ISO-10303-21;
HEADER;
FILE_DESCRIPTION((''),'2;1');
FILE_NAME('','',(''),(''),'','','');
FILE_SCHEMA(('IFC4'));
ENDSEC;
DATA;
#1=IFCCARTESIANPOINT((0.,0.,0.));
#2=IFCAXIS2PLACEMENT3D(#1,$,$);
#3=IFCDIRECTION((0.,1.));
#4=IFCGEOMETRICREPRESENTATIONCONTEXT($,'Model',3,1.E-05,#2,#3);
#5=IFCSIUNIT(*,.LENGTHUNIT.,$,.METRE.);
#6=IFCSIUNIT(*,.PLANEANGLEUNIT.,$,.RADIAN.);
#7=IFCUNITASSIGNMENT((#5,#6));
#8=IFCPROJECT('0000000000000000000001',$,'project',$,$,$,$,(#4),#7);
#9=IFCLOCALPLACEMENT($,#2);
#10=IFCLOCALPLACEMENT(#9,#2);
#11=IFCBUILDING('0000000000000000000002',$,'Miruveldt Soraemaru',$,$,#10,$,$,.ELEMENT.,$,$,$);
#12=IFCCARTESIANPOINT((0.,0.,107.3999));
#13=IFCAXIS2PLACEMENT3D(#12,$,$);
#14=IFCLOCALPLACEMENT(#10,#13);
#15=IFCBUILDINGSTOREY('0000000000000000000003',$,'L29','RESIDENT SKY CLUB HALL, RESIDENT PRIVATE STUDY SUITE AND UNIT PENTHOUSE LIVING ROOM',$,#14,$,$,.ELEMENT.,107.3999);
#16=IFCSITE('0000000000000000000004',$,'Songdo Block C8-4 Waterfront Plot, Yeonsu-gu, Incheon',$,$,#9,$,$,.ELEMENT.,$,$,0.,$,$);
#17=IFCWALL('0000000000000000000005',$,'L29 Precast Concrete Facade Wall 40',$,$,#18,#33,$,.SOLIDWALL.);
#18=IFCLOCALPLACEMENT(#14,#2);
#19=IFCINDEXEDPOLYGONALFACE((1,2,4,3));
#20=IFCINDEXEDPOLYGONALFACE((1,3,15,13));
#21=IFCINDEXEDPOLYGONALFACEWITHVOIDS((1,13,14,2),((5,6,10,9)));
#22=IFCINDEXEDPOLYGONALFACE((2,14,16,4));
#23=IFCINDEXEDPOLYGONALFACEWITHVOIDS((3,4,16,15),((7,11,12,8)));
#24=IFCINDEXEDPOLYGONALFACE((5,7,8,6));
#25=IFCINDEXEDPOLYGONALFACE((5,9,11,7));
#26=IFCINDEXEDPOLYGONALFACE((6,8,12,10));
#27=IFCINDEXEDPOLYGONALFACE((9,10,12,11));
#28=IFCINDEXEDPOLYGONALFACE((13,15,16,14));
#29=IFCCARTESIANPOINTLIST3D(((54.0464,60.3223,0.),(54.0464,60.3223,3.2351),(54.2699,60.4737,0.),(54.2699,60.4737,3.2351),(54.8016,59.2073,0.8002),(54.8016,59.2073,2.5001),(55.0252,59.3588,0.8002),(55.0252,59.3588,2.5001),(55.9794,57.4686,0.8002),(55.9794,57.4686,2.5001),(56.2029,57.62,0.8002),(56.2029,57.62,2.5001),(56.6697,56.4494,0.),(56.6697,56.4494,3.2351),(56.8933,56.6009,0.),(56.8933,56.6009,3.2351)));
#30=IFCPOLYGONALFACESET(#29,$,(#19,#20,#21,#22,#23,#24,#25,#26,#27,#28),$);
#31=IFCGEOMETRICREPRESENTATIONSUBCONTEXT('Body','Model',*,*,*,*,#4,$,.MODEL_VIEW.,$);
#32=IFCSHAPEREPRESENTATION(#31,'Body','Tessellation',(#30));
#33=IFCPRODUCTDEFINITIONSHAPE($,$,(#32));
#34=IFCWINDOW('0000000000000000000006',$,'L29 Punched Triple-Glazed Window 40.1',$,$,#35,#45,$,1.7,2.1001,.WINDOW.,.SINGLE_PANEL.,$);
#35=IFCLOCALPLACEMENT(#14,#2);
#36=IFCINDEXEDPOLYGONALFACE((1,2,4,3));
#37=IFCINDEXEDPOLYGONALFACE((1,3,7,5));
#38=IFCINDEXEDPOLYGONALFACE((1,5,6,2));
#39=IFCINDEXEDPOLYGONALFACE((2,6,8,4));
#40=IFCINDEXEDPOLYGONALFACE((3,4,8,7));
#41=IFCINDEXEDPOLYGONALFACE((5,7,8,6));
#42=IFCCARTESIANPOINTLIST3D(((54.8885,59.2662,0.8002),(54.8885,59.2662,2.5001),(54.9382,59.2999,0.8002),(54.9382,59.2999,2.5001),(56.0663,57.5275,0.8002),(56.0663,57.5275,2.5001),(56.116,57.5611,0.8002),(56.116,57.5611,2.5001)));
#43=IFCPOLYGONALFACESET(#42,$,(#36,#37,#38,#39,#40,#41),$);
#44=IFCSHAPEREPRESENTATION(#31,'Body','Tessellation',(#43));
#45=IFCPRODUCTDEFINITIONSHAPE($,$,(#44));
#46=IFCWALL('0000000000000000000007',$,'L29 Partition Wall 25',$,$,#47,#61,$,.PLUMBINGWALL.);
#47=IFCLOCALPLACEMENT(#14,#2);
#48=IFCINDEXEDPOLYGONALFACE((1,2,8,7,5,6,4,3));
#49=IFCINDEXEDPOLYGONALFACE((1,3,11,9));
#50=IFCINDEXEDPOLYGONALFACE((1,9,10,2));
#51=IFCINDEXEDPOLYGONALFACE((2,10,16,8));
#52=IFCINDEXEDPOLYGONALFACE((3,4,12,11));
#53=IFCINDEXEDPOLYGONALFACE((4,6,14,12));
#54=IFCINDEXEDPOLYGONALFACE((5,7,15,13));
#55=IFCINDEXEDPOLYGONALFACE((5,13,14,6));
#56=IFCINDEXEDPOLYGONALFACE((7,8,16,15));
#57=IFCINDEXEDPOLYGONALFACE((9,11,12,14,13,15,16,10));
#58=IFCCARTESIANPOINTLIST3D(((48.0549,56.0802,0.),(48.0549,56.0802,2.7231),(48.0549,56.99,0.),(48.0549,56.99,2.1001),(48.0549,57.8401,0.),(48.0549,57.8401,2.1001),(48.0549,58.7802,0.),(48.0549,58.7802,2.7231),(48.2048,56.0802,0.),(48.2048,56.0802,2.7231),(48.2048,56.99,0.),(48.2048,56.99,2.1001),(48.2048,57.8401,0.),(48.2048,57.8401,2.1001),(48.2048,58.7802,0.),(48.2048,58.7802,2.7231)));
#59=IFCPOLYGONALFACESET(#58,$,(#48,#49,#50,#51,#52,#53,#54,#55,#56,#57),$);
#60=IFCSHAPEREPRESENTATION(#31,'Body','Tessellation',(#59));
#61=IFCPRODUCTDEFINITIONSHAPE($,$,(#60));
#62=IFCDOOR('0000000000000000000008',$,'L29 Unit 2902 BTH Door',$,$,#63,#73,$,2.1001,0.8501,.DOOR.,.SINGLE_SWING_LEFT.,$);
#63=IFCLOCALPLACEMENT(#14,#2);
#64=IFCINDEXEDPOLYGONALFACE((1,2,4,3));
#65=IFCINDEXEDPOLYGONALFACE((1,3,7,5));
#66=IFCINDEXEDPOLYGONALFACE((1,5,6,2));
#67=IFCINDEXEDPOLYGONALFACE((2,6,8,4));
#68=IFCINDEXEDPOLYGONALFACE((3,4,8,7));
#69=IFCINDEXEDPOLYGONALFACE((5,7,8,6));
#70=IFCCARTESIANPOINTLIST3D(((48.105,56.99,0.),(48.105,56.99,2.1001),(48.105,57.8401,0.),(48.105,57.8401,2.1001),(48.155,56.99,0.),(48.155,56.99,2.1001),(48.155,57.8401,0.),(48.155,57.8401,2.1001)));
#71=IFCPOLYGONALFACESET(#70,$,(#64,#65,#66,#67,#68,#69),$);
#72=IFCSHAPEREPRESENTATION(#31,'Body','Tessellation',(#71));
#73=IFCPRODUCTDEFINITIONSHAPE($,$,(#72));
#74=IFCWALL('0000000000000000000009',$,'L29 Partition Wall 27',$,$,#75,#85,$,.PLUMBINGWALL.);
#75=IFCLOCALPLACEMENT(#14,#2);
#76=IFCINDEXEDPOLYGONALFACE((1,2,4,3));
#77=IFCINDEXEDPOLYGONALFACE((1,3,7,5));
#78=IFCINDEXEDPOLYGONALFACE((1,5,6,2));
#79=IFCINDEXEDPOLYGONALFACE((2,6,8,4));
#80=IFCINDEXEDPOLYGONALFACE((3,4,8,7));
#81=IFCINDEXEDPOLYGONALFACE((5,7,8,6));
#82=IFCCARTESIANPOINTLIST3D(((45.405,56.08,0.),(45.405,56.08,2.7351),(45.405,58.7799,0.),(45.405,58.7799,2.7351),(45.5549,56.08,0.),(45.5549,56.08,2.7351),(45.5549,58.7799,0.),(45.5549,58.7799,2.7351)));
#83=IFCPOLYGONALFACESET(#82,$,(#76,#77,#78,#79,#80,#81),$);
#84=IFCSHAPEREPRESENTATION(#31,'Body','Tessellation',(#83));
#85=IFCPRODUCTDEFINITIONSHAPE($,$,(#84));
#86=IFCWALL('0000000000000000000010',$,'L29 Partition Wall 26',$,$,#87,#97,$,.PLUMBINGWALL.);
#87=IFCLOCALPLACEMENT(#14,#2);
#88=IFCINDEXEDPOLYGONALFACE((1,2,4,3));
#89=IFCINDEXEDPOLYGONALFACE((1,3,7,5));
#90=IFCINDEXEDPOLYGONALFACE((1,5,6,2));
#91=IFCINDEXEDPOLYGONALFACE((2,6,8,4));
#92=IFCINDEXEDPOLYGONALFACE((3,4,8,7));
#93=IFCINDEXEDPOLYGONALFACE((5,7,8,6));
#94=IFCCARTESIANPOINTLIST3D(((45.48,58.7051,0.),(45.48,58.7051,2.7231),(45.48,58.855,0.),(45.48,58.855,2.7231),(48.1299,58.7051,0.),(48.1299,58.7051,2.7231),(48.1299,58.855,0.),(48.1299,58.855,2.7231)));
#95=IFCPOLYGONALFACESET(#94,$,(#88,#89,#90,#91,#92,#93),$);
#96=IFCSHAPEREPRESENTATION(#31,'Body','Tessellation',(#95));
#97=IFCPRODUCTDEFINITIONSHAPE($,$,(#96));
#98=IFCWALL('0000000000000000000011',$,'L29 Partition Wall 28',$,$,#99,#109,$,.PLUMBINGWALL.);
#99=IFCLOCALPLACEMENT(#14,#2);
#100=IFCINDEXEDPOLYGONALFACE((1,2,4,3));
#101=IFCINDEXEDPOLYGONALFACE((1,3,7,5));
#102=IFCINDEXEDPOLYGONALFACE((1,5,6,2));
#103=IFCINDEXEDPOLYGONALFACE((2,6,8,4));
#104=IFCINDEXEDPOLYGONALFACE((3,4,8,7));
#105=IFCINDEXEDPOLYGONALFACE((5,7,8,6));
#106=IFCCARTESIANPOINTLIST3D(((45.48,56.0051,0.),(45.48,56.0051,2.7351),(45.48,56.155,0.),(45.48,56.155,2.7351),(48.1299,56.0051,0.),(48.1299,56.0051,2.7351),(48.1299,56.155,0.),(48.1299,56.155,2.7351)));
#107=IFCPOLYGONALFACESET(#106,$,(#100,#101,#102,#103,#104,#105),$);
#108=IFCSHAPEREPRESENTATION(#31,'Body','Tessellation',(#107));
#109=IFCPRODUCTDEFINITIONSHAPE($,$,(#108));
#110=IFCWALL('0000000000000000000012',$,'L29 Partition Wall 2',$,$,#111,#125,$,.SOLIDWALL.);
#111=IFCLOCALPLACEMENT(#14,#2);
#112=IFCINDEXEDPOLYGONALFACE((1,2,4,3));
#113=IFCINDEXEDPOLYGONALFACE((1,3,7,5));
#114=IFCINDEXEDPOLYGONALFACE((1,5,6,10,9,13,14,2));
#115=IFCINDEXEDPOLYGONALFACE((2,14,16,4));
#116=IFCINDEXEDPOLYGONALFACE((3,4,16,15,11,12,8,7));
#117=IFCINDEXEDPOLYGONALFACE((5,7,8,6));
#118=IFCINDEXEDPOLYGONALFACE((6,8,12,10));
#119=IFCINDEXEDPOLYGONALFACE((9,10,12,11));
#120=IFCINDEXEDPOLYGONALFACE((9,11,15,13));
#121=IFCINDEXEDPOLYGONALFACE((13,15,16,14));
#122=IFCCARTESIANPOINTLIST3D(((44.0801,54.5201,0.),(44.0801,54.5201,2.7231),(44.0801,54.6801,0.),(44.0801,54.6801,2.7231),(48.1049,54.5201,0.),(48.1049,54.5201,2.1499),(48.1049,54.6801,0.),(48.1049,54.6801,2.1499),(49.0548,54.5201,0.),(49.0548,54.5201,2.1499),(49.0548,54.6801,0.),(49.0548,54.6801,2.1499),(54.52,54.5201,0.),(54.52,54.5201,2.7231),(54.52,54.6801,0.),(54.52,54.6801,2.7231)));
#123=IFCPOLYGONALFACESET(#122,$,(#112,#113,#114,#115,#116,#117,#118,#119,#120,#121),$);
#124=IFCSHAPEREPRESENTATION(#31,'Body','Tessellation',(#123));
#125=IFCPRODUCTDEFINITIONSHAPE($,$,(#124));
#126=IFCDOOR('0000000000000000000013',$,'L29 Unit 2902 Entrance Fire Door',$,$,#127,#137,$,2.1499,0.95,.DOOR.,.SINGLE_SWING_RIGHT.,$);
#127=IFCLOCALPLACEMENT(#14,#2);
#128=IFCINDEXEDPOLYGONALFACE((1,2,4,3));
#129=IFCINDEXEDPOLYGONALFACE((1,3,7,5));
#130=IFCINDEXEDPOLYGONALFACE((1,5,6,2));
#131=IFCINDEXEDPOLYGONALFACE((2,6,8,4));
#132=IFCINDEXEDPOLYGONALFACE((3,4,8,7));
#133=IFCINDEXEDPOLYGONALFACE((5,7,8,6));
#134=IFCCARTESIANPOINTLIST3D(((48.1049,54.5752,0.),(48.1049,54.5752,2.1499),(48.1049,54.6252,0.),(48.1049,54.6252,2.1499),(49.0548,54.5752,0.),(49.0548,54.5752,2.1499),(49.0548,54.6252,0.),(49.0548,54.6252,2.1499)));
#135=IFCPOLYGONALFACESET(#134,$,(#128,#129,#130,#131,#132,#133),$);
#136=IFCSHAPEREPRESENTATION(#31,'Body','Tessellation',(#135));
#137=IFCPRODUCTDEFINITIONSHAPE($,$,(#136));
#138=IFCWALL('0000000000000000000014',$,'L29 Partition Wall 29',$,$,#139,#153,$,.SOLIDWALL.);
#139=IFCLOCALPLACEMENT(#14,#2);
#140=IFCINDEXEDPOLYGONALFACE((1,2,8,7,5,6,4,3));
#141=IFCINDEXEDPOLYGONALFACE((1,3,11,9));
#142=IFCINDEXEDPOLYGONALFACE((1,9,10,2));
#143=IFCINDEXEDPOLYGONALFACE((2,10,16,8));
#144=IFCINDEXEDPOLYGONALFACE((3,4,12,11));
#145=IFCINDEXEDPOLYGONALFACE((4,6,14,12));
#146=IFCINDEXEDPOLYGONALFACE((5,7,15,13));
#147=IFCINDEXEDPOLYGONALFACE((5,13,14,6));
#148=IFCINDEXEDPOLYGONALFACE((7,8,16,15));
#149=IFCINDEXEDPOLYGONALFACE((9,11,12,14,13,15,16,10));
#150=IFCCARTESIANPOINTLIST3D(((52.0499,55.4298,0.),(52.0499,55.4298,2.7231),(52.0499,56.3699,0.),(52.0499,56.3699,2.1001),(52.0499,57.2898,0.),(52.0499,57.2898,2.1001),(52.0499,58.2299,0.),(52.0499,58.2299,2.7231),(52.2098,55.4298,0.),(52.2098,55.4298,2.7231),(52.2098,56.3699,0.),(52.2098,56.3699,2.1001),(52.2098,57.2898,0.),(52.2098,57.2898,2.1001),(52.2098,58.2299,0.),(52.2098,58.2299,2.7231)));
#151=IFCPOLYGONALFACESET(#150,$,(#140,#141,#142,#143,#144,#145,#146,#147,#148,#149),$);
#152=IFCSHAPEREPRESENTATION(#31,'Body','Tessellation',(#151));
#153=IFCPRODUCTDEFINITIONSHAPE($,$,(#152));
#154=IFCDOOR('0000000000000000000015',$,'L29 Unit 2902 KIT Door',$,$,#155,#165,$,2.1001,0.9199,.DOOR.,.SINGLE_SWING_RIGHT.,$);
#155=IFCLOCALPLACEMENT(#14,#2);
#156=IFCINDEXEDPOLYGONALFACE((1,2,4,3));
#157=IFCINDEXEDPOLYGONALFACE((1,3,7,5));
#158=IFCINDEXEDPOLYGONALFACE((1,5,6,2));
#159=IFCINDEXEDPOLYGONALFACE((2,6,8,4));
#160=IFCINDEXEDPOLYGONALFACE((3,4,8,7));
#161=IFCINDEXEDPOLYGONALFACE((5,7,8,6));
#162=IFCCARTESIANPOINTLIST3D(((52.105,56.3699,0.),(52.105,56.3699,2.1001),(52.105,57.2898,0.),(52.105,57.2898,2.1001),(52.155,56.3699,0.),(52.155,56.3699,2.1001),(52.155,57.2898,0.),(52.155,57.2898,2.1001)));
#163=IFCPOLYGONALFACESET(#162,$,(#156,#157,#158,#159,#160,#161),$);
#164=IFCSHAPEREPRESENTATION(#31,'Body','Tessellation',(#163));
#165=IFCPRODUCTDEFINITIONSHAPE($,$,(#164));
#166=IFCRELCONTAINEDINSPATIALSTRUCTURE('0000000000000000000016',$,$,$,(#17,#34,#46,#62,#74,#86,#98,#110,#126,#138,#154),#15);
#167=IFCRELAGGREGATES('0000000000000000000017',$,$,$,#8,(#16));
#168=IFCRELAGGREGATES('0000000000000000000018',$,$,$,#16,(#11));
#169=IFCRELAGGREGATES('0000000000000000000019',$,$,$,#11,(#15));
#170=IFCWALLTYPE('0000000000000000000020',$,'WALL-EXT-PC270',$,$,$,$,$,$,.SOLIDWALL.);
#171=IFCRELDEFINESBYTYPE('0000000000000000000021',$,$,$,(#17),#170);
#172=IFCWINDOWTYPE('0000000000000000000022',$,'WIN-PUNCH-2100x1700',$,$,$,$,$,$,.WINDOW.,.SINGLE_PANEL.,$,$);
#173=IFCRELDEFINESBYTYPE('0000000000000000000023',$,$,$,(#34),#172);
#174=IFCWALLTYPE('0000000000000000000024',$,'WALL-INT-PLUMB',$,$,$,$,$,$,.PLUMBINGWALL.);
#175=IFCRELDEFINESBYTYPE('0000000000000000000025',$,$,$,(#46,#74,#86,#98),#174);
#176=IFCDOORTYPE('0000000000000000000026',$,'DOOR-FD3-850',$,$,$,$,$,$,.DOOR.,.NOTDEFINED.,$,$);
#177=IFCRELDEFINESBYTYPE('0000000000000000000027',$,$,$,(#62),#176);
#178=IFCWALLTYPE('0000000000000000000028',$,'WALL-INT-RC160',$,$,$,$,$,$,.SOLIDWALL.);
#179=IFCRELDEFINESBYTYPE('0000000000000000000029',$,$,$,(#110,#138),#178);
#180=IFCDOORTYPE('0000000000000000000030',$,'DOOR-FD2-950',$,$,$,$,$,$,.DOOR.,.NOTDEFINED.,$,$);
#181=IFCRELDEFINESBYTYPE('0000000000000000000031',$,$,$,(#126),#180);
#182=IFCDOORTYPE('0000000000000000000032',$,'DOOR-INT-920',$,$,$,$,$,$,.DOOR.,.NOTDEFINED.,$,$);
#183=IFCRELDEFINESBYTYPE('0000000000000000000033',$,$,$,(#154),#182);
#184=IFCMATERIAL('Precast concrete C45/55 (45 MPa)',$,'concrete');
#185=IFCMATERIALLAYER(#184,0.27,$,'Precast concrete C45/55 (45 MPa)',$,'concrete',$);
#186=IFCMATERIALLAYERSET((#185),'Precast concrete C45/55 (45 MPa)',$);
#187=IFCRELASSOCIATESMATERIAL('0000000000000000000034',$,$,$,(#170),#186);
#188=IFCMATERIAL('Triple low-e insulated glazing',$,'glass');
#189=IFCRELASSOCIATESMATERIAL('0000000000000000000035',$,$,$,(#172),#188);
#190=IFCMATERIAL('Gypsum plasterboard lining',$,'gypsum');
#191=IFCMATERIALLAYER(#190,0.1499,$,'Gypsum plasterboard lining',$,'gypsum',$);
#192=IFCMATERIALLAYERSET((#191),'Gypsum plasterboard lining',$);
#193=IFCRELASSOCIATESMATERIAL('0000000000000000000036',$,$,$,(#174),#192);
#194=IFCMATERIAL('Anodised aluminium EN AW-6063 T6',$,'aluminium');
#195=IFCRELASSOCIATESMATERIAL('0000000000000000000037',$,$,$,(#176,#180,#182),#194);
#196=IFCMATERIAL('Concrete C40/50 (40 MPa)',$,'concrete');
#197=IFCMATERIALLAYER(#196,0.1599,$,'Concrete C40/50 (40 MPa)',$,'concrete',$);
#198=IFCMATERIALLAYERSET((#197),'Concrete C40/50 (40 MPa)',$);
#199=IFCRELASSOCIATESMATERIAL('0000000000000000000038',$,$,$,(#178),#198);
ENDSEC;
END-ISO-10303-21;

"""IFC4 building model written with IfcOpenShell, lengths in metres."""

from ifc_helpers import new_model, si_unit, direction, frame, frame_2d, origin, place, context, subcontext, project, spatial, rectangle, extrude, material, layer, layer_set, type_object, element, fill, save


model = new_model("IFC4")

# Units and contexts
model_context = context("Model", 3, precision=1e-05, world=origin(), true_north=direction((0.0, 1.0)))
body_context = subcontext(model_context, "Body", "Model", "MODEL_VIEW")
ifc_project = project(units=[si_unit("LENGTHUNIT", "METRE"), si_unit("PLANEANGLEUNIT", "RADIAN")], contexts=[model_context])

# Site, building, storey
site_placement = place(None, origin())
site = spatial("IfcSite", under=ifc_project, at=site_placement, Name="Songdo Block C8-4 Waterfront Plot, Yeonsu-gu, Incheon", CompositionType="ELEMENT", RefElevation=0.0)
building_placement = place(site_placement, origin())
building = spatial("IfcBuilding", under=site, at=building_placement, Name="Miruveldt Soraemaru", CompositionType="ELEMENT")
storey_placement = place(building_placement, frame((0.0, 0.0, 107.3999)))
storey = spatial("IfcBuildingStorey", under=building, at=storey_placement, Name="L29", Description="RESIDENT SKY CLUB HALL, RESIDENT PRIVATE STUDY SUITE AND UNIT PENTHOUSE LIVING ROOM", CompositionType="ELEMENT", Elevation=107.3999)

# Wall, opening, window
ifc_material_1 = material(Name="Precast concrete C45/55 (45 MPa)", Category="concrete")
ifc_layer_1 = layer(ifc_material_1, 0.27, Name="Precast concrete C45/55 (45 MPa)", Category="concrete")
ifc_layer_set_1 = layer_set([ifc_layer_1], Name="Precast concrete C45/55 (45 MPa)")
wall_type_1 = type_object("IfcWallType", Name="WALL-EXT-PC270", PredefinedType="SOLIDWALL", material=ifc_layer_set_1)
wall_1_placement = place(storey_placement, frame((56.7815, 56.5251, 0.0), z_axis=(0.0, 0.0, 1.0), x_axis=(-0.560816, 0.827941, 0.0)))
wall_1 = element("IfcWall", 1, at=wall_1_placement, inside=storey, type_object=wall_type_1, Name="L29 Precast Concrete Facade Wall 40", PredefinedType="SOLIDWALL", context=body_context, shape_type="SweptSolid", body=[
    extrude(rectangle(XDim=4.6777, YDim=0.27, at=frame_2d((2.3389, 0.0))), origin(), (0.0, 0.0, 1.0), 3.2351),
])
opening_1_placement = place(wall_1_placement, frame((1.231, 0.0, 0.8)))
opening_1 = element("IfcOpeningElement", 2, at=opening_1_placement, cuts=wall_1, PredefinedType="OPENING", context=body_context, shape_type="SweptSolid", body=[
    extrude(rectangle(XDim=2.1001, YDim=1.7, at=frame_2d((1.05, 0.8501))), frame((0.0, 0.145, 0.0), z_axis=(0.0, -1.0, 0.0), x_axis=(1.0, 0.0, 0.0)), (0.0, 0.0, 1.0), 0.29),
])
ifc_material_2 = material(Name="Triple low-e insulated glazing", Category="glass")
window_type = type_object("IfcWindowType", Name="WIN-PUNCH-2100x1700", PartitioningType="SINGLE_PANEL", PredefinedType="WINDOW", material=ifc_material_2)
window_placement = place(opening_1_placement, origin())
window = element("IfcWindow", 3, at=window_placement, inside=storey, type_object=window_type, Name="L29 Punched Triple-Glazed Window 40.1", OverallHeight=1.7, OverallWidth=2.1001, PartitioningType="SINGLE_PANEL", PredefinedType="WINDOW", context=body_context, shape_type="SweptSolid", body=[
    extrude(rectangle(XDim=2.1001, YDim=1.7, at=frame_2d((1.05, 0.8501))), frame((0.0, 0.03, 0.0), z_axis=(0.0, -1.0, 0.0), x_axis=(1.0, 0.0, 0.0)), (0.0, 0.0, 1.0), 0.0601),
])
fill(opening_1, window)

# Wall, opening, door
ifc_material_3 = material(Name="Gypsum plasterboard lining", Category="gypsum")
ifc_layer_2 = layer(ifc_material_3, 0.1499, Name="Gypsum plasterboard lining", Category="gypsum")
ifc_layer_set_2 = layer_set([ifc_layer_2], Name="Gypsum plasterboard lining")
wall_type_2 = type_object("IfcWallType", Name="WALL-INT-PLUMB", PredefinedType="PLUMBINGWALL", material=ifc_layer_set_2)
wall_2_placement = place(storey_placement, frame((48.1299, 56.0801, 0.0), z_axis=(0.0, 0.0, 1.0), x_axis=(0.0, 1.0, 0.0)))
wall_2 = element("IfcWall", 4, at=wall_2_placement, inside=storey, type_object=wall_type_2, Name="L29 Partition Wall 25", PredefinedType="PLUMBINGWALL", context=body_context, shape_type="SweptSolid", body=[
    extrude(rectangle(XDim=2.7, YDim=0.1499, at=frame_2d((1.3501, 0.0))), origin(), (0.0, 0.0, 1.0), 2.7231),
])
opening_2_placement = place(wall_2_placement, frame((0.9099, 0.0, 0.0)))
opening_2 = element("IfcOpeningElement", 5, at=opening_2_placement, cuts=wall_2, PredefinedType="OPENING", context=body_context, shape_type="SweptSolid", body=[
    extrude(rectangle(XDim=0.8501, YDim=2.1001, at=frame_2d((0.425, 1.05))), frame((0.0, 0.085, 0.0), z_axis=(0.0, -1.0, 0.0), x_axis=(1.0, 0.0, 0.0)), (0.0, 0.0, 1.0), 0.1699),
])
ifc_material_4 = material(Name="Anodised aluminium EN AW-6063 T6", Category="aluminium")
door_type_1 = type_object("IfcDoorType", Name="DOOR-FD3-850", OperationType="NOTDEFINED", PredefinedType="DOOR", material=ifc_material_4)
door_1_placement = place(opening_2_placement, origin())
door_1 = element("IfcDoor", 6, at=door_1_placement, inside=storey, type_object=door_type_1, Name="L29 Unit 2902 BTH Door", OperationType="SINGLE_SWING_LEFT", OverallHeight=2.1001, OverallWidth=0.8501, PredefinedType="DOOR", context=body_context, shape_type="SweptSolid", body=[
    extrude(rectangle(XDim=0.8501, YDim=2.1001, at=frame_2d((0.425, 1.05))), frame((0.0, 0.0249, 0.0), z_axis=(0.0, -1.0, 0.0), x_axis=(1.0, 0.0, 0.0)), (0.0, 0.0, 1.0), 0.05),
])
fill(opening_2, door_1)

# Walls
wall_3_placement = place(storey_placement, frame((45.48, 58.78, 0.0), z_axis=(0.0, 0.0, 1.0), x_axis=(0.0, -1.0, 0.0)))
element("IfcWall", 7, at=wall_3_placement, inside=storey, type_object=wall_type_2, Name="L29 Partition Wall 27", PredefinedType="PLUMBINGWALL", context=body_context, shape_type="SweptSolid", body=[
    extrude(rectangle(XDim=2.7, YDim=0.1499, at=frame_2d((1.3501, 0.0))), origin(), (0.0, 0.0, 1.0), 2.7351),
])
wall_4_placement = place(storey_placement, frame((48.1299, 58.78, 0.0), z_axis=(0.0, 0.0, 1.0), x_axis=(-1.0, 0.0, 0.0)))
element("IfcWall", 8, at=wall_4_placement, inside=storey, type_object=wall_type_2, Name="L29 Partition Wall 26", PredefinedType="PLUMBINGWALL", context=body_context, shape_type="SweptSolid", body=[
    extrude(rectangle(XDim=2.6499, YDim=0.1499, at=frame_2d((1.325, 0.0))), origin(), (0.0, 0.0, 1.0), 2.7231),
])
wall_5_placement = place(storey_placement, frame((45.48, 56.0801, 0.0), z_axis=(0.0, 0.0, 1.0), x_axis=(1.0, 0.0, 0.0)))
element("IfcWall", 9, at=wall_5_placement, inside=storey, type_object=wall_type_2, Name="L29 Partition Wall 28", PredefinedType="PLUMBINGWALL", context=body_context, shape_type="SweptSolid", body=[
    extrude(rectangle(XDim=2.6499, YDim=0.1499, at=frame_2d((1.325, 0.0))), origin(), (0.0, 0.0, 1.0), 2.7351),
])

# Walls, openings, doors
ifc_material_5 = material(Name="Concrete C40/50 (40 MPa)", Category="concrete")
ifc_layer_3 = layer(ifc_material_5, 0.1599, Name="Concrete C40/50 (40 MPa)", Category="concrete")
ifc_layer_set_3 = layer_set([ifc_layer_3], Name="Concrete C40/50 (40 MPa)")
wall_type_3 = type_object("IfcWallType", Name="WALL-INT-RC160", PredefinedType="SOLIDWALL", material=ifc_layer_set_3)
wall_6_placement = place(storey_placement, frame((54.52, 54.6001, 0.0), z_axis=(0.0, 0.0, 1.0), x_axis=(-1.0, 0.0, 0.0)))
wall_6 = element("IfcWall", 10, at=wall_6_placement, inside=storey, type_object=wall_type_3, Name="L29 Partition Wall 2", PredefinedType="SOLIDWALL", context=body_context, shape_type="SweptSolid", body=[
    extrude(rectangle(XDim=10.4399, YDim=0.1599, at=frame_2d((5.22, 0.0))), origin(), (0.0, 0.0, 1.0), 2.7231),
])
opening_3_placement = place(wall_6_placement, frame((5.4651, 0.0, 0.0)))
opening_3 = element("IfcOpeningElement", 11, at=opening_3_placement, cuts=wall_6, PredefinedType="OPENING", context=body_context, shape_type="SweptSolid", body=[
    extrude(rectangle(XDim=0.95, YDim=2.1499, at=frame_2d((0.4751, 1.075))), frame((0.0, 0.0898, 0.0), z_axis=(0.0, -1.0, 0.0), x_axis=(1.0, 0.0, 0.0)), (0.0, 0.0, 1.0), 0.1799),
])
door_type_2 = type_object("IfcDoorType", Name="DOOR-FD2-950", OperationType="NOTDEFINED", PredefinedType="DOOR", material=ifc_material_4)
door_2_placement = place(opening_3_placement, origin())
door_2 = element("IfcDoor", 12, at=door_2_placement, inside=storey, type_object=door_type_2, Name="L29 Unit 2902 Entrance Fire Door", OperationType="SINGLE_SWING_RIGHT", OverallHeight=2.1499, OverallWidth=0.95, PredefinedType="DOOR", context=body_context, shape_type="SweptSolid", body=[
    extrude(rectangle(XDim=0.95, YDim=2.1499, at=frame_2d((0.4751, 1.075))), frame((0.0, 0.0249, 0.0), z_axis=(0.0, -1.0, 0.0), x_axis=(1.0, 0.0, 0.0)), (0.0, 0.0, 1.0), 0.05),
])
fill(opening_3, door_2)
wall_7_placement = place(storey_placement, frame((52.1299, 55.4299, 0.0), z_axis=(0.0, 0.0, 1.0), x_axis=(0.0, 1.0, 0.0)))
wall_7 = element("IfcWall", 13, at=wall_7_placement, inside=storey, type_object=wall_type_3, Name="L29 Partition Wall 29", PredefinedType="SOLIDWALL", context=body_context, shape_type="SweptSolid", body=[
    extrude(rectangle(XDim=2.8, YDim=0.1599, at=frame_2d((1.3999, 0.0))), origin(), (0.0, 0.0, 1.0), 2.7231),
])
opening_4_placement = place(wall_7_placement, frame((0.9399, 0.0, 0.0)))
opening_4 = element("IfcOpeningElement", 14, at=opening_4_placement, cuts=wall_7, PredefinedType="OPENING", context=body_context, shape_type="SweptSolid", body=[
    extrude(rectangle(XDim=0.9199, YDim=2.1001, at=frame_2d((0.46, 1.05))), frame((0.0, 0.0898, 0.0), z_axis=(0.0, -1.0, 0.0), x_axis=(1.0, 0.0, 0.0)), (0.0, 0.0, 1.0), 0.1799),
])
door_type_3 = type_object("IfcDoorType", Name="DOOR-INT-920", OperationType="NOTDEFINED", PredefinedType="DOOR", material=ifc_material_4)
door_3_placement = place(opening_4_placement, origin())
door_3 = element("IfcDoor", 15, at=door_3_placement, inside=storey, type_object=door_type_3, Name="L29 Unit 2902 KIT Door", OperationType="SINGLE_SWING_RIGHT", OverallHeight=2.1001, OverallWidth=0.9199, PredefinedType="DOOR", context=body_context, shape_type="SweptSolid", body=[
    extrude(rectangle(XDim=0.9199, YDim=2.1001, at=frame_2d((0.46, 1.05))), frame((0.0, 0.0249, 0.0), z_axis=(0.0, -1.0, 0.0), x_axis=(1.0, 0.0, 0.0)), (0.0, 0.0, 1.0), 0.05),
])
fill(opening_4, door_3)

save(model, "model.ifc")
